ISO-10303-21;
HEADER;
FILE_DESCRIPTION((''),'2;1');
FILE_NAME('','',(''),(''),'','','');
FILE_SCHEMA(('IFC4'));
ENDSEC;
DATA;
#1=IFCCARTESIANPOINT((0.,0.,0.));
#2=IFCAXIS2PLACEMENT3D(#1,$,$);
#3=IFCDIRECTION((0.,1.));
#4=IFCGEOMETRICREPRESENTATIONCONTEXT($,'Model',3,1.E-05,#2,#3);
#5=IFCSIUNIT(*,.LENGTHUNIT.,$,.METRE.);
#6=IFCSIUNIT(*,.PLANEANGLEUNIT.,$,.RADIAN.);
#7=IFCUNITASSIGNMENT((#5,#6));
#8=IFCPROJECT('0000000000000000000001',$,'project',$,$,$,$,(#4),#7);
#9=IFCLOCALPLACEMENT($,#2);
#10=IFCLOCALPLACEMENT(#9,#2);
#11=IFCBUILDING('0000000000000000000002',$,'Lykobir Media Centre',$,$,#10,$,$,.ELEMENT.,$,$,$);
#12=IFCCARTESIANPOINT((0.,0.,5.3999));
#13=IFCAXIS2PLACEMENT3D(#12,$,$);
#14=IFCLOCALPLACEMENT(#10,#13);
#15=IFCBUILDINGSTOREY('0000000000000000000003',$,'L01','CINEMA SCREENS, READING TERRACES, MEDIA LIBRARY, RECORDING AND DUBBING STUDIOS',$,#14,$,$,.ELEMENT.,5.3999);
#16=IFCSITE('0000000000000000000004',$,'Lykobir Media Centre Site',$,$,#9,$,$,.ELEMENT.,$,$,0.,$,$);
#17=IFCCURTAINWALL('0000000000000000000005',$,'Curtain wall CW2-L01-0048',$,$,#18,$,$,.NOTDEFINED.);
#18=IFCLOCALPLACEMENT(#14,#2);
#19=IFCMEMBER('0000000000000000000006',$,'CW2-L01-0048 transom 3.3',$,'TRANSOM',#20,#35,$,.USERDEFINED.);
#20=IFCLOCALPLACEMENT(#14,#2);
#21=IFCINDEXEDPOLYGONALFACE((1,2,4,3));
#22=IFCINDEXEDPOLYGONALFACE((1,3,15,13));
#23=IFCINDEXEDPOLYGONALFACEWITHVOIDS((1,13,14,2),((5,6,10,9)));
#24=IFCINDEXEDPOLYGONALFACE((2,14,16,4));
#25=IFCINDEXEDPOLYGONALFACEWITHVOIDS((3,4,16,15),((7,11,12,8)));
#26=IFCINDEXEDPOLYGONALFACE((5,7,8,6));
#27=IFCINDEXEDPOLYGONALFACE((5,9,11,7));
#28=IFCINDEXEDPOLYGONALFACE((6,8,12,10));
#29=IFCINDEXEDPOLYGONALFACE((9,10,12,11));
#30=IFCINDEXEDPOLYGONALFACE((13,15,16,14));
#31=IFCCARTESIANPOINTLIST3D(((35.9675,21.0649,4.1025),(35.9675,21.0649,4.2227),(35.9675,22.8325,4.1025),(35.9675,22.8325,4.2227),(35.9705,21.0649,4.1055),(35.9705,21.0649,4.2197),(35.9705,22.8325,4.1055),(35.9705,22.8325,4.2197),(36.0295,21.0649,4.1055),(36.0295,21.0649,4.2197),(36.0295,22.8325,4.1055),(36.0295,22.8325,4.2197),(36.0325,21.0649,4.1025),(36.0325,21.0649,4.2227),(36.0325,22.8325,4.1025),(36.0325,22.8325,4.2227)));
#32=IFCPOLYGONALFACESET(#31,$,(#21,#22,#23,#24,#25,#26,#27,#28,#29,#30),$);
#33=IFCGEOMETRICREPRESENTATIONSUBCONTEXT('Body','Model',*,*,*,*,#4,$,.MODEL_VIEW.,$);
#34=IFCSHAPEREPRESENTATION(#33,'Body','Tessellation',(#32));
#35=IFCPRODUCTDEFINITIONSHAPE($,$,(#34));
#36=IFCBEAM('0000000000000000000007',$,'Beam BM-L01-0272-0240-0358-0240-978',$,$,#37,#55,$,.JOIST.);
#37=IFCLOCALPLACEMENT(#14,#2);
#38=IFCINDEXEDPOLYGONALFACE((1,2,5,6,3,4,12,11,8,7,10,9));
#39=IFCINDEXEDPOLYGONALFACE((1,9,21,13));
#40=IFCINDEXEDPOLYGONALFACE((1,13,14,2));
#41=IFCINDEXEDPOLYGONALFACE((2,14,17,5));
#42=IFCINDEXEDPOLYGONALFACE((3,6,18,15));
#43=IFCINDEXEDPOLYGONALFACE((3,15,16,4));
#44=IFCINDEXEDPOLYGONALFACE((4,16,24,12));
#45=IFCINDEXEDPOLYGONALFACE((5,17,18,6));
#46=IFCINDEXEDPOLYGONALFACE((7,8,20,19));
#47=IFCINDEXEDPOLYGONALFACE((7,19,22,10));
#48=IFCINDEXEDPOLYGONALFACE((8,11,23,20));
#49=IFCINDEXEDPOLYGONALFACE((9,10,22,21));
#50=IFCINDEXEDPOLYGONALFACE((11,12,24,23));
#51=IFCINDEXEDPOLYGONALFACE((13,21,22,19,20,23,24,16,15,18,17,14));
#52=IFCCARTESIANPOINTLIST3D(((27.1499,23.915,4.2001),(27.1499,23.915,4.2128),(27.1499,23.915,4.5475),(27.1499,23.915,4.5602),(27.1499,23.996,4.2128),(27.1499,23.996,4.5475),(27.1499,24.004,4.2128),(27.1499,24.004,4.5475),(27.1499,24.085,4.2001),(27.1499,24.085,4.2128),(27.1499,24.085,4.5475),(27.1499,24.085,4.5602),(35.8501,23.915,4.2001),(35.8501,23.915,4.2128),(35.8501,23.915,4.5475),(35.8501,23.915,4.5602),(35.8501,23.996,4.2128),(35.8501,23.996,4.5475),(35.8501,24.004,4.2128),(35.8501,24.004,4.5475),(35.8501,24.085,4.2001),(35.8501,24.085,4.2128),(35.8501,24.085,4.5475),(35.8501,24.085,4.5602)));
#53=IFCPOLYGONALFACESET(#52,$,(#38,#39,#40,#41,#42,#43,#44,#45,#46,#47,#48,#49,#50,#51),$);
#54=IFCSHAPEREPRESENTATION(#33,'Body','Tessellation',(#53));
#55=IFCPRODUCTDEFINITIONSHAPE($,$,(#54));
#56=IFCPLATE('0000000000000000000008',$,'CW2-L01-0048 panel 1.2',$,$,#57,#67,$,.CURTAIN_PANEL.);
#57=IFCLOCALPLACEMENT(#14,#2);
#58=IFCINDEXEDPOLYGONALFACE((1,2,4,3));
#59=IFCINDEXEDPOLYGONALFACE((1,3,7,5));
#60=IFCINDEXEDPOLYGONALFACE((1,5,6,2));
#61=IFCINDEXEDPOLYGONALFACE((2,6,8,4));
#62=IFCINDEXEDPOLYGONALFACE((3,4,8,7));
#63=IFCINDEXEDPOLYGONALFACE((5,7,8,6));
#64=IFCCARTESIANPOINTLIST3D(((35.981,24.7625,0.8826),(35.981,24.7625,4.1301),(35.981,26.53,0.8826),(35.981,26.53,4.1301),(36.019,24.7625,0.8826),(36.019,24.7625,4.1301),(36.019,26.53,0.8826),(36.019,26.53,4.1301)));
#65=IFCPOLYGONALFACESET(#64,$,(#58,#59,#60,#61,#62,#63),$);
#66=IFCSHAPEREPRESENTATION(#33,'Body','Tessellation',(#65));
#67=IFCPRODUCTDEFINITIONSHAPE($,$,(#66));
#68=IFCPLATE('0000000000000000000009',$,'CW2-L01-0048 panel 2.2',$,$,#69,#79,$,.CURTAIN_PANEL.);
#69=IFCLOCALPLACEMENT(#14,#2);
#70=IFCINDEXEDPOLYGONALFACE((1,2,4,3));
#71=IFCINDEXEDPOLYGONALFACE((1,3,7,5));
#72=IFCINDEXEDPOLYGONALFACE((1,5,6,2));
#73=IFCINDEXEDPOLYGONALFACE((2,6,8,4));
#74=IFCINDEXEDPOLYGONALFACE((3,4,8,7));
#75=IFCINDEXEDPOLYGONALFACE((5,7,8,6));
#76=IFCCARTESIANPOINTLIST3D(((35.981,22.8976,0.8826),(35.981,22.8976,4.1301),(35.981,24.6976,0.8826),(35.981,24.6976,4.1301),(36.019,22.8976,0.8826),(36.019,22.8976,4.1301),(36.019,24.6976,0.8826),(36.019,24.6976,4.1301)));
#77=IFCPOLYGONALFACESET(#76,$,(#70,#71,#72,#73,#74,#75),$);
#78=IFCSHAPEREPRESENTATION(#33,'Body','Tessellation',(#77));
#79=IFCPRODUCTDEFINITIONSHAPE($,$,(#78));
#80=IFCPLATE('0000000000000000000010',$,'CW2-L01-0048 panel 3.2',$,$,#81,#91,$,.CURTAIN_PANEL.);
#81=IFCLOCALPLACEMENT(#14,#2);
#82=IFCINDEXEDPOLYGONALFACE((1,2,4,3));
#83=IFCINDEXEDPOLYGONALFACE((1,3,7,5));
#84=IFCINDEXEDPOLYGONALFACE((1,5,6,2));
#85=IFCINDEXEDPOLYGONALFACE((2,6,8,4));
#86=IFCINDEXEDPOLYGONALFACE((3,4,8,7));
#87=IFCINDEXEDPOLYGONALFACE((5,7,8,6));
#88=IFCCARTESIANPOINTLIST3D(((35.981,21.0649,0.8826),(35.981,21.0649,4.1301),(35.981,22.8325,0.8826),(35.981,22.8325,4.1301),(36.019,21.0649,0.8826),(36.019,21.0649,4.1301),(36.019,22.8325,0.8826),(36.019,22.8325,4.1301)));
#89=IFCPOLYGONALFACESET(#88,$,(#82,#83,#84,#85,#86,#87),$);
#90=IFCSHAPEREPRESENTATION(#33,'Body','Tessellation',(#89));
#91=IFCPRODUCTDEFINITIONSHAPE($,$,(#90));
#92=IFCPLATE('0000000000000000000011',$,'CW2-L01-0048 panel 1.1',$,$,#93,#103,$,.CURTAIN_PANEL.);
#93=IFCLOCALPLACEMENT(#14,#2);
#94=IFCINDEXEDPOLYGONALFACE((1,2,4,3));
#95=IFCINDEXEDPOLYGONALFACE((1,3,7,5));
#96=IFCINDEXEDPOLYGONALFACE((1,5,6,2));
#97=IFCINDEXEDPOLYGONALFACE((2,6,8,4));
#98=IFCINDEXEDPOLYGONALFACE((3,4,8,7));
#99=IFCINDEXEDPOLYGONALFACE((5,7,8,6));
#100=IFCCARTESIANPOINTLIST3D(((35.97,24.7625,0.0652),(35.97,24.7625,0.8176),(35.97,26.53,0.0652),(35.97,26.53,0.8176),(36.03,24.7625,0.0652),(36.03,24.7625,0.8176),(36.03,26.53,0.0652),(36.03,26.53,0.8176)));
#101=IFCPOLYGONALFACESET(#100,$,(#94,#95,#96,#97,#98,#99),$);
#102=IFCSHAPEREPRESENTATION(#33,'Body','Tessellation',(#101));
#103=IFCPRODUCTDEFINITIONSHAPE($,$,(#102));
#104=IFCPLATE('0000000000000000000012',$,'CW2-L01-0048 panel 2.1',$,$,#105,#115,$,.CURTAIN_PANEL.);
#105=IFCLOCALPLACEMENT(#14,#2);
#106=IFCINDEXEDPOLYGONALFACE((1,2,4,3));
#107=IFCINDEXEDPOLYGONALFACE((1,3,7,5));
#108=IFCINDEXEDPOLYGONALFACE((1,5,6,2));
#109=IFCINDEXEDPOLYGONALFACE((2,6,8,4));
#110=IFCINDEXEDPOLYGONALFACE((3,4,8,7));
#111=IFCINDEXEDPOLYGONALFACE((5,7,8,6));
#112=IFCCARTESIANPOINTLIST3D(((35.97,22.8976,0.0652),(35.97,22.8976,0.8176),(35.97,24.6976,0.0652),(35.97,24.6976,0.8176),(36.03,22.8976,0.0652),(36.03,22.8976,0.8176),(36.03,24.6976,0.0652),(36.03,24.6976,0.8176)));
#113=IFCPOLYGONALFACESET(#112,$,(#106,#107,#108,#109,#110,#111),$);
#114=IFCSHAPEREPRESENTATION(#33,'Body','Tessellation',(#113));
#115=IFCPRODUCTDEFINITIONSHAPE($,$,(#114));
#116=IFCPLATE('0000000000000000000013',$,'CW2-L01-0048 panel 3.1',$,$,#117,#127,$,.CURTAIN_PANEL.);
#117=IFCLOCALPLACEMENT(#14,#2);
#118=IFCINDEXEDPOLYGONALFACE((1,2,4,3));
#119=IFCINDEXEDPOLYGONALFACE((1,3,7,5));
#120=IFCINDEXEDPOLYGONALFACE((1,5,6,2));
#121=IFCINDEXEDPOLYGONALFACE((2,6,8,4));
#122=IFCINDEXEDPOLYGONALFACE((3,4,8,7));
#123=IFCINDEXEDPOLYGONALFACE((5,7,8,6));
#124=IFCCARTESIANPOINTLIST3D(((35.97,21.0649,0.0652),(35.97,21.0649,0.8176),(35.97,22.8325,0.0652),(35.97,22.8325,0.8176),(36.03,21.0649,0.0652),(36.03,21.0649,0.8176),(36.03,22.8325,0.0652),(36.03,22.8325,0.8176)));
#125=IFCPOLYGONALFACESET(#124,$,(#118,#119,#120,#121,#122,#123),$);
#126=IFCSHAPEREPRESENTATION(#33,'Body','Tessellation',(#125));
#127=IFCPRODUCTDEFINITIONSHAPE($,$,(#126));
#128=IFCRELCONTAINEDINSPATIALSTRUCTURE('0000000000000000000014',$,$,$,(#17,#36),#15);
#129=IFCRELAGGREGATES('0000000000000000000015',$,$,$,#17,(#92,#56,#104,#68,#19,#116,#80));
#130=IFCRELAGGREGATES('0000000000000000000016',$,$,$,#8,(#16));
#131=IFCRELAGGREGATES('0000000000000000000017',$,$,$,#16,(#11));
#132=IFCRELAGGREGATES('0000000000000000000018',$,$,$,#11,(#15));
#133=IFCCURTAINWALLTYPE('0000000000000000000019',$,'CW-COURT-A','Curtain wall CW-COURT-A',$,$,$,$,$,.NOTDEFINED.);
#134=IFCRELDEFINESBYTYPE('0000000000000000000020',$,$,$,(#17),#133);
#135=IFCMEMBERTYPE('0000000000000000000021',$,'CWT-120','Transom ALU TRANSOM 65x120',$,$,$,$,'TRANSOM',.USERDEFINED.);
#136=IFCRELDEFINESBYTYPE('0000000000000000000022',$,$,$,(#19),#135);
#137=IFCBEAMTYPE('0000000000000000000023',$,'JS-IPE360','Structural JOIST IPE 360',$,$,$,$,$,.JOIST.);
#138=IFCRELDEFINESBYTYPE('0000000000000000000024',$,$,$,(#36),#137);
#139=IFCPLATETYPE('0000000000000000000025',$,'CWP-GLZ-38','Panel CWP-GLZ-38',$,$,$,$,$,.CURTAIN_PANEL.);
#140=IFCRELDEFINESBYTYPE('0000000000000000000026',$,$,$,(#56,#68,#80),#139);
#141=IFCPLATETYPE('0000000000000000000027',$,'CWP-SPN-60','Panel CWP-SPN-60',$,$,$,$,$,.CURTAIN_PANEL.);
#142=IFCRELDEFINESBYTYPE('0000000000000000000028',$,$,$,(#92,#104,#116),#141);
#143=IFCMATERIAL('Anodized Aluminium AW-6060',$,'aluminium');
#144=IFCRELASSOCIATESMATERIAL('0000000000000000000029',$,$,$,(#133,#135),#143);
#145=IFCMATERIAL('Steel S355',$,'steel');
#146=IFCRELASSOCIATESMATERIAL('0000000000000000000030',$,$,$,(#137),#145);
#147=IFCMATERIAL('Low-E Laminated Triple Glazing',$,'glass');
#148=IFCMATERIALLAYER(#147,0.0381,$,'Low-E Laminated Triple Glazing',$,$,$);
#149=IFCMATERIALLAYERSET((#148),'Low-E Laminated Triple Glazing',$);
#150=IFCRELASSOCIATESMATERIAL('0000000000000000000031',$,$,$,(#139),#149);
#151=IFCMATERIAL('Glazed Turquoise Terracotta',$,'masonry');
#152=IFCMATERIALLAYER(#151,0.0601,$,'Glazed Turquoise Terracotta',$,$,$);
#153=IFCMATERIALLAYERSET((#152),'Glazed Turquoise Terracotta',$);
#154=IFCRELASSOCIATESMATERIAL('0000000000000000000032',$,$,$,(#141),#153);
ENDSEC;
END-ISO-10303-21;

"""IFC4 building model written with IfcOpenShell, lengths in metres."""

from ifc_helpers import new_model, si_unit, direction, frame, origin, origin_2d, place, context, subcontext, project, spatial, rectangle, hollow_rectangle, i_section, extrude, material, layer, layer_set, material_profile, profile_set, type_object, element, aggregate, save


model = new_model("IFC4")

# Units and contexts
model_context = context("Model", 3, precision=1e-05, world=origin(), true_north=direction((0.0, 1.0)))
body_context = subcontext(model_context, "Body", "Model", "MODEL_VIEW")
ifc_project = project(units=[si_unit("LENGTHUNIT", "METRE"), si_unit("PLANEANGLEUNIT", "RADIAN")], contexts=[model_context])

# Site, building, storey
site_placement = place(None, origin())
site = spatial("IfcSite", under=ifc_project, at=site_placement, Name="Lykobir Media Centre Site", CompositionType="ELEMENT", RefElevation=0.0)
building_placement = place(site_placement, origin())
building = spatial("IfcBuilding", under=site, at=building_placement, Name="Lykobir Media Centre", CompositionType="ELEMENT")
storey_placement = place(building_placement, frame((0.0, 0.0, 5.3999)))
storey = spatial("IfcBuildingStorey", under=building, at=storey_placement, Name="L01", Description="CINEMA SCREENS, READING TERRACES, MEDIA LIBRARY, RECORDING AND DUBBING STUDIOS", CompositionType="ELEMENT", Elevation=5.3999)

# Curtain wall, member
ifc_material_1 = material(Name="Anodized Aluminium AW-6060", Category="aluminium")
curtain_wall_type = type_object("IfcCurtainWallType", Name="CW-COURT-A", Description="Curtain wall CW-COURT-A", PredefinedType="NOTDEFINED", material=ifc_material_1)
curtain_wall_placement = place(storey_placement, origin())
curtain_wall = element("IfcCurtainWall", 1, at=curtain_wall_placement, inside=storey, type_object=curtain_wall_type, Name="Curtain wall CW2-L01-0048", PredefinedType="NOTDEFINED")
ifc_material_profile_1 = material_profile(ifc_material_1, hollow_rectangle(XDim=0.0649, YDim=0.1201, WallThickness=0.0029, at=origin_2d()), Name="ALU TRANSOM 65x120")
ifc_profile_set_1 = profile_set([ifc_material_profile_1], Name="Anodized Aluminium AW-6060")
member_type_1 = type_object("IfcMemberType", Name="CWT-120", Description="Transom ALU TRANSOM 65x120", ElementType="TRANSOM", PredefinedType="USERDEFINED", material=ifc_profile_set_1)
member_1_placement = place(storey_placement, frame((36.0, 22.8325, 4.1626), z_axis=(0.0, -1.0, 0.0), x_axis=(1.0, 0.0, 0.0)))
member_1 = element("IfcMember", 2, at=member_1_placement, type_object=member_type_1, Name="CW2-L01-0048 transom 3.3", ObjectType="TRANSOM", PredefinedType="USERDEFINED", context=body_context, shape_type="SweptSolid", body=[
    extrude(hollow_rectangle(XDim=0.0649, YDim=0.1201, WallThickness=0.0029, at=origin_2d()), origin(), (0.0, 0.0, 1.0), 1.7676),
])

# Beam
ifc_material_2 = material(Name="Steel S355", Category="steel")
ifc_material_profile_2 = material_profile(ifc_material_2, i_section(OverallWidth=0.1699, OverallDepth=0.3601, WebThickness=0.0081, FlangeThickness=0.0127, at=origin_2d()), Name="IPE 360")
ifc_profile_set_2 = profile_set([ifc_material_profile_2], Name="Steel S355")
beam_type = type_object("IfcBeamType", Name="JS-IPE360", Description="Structural JOIST IPE 360", PredefinedType="JOIST", material=ifc_profile_set_2)
beam_placement = place(storey_placement, frame((27.1499, 24.0, 4.3801), z_axis=(1.0, 0.0, 0.0), x_axis=(0.0, 1.0, 0.0)))
element("IfcBeam", 3, at=beam_placement, inside=storey, type_object=beam_type, Name="Beam BM-L01-0272-0240-0358-0240-978", PredefinedType="JOIST", context=body_context, shape_type="SweptSolid", body=[
    extrude(i_section(OverallWidth=0.1699, OverallDepth=0.3601, WebThickness=0.0081, FlangeThickness=0.0127, at=origin_2d()), origin(), (0.0, 0.0, 1.0), 8.7002),
])

# Plates
ifc_material_3 = material(Name="Low-E Laminated Triple Glazing", Category="glass")
ifc_layer_1 = layer(ifc_material_3, 0.0381, Name="Low-E Laminated Triple Glazing")
ifc_layer_set_1 = layer_set([ifc_layer_1], Name="Low-E Laminated Triple Glazing")
plate_type_1 = type_object("IfcPlateType", Name="CWP-GLZ-38", Description="Panel CWP-GLZ-38", PredefinedType="CURTAIN_PANEL", material=ifc_layer_set_1)
plate_1_placement = place(storey_placement, frame((36.0, 25.6462, 0.8826), z_axis=(0.0, 0.0, 1.0), x_axis=(0.0, -1.0, 0.0)))
plate_1 = element("IfcPlate", 4, at=plate_1_placement, type_object=plate_type_1, Name="CW2-L01-0048 panel 1.2", PredefinedType="CURTAIN_PANEL", context=body_context, shape_type="SweptSolid", body=[
    extrude(rectangle(XDim=1.7676, YDim=0.0381, at=origin_2d()), origin(), (0.0, 0.0, 1.0), 3.2476),
])
plate_2_placement = place(storey_placement, frame((36.0, 23.7976, 0.8826), z_axis=(0.0, 0.0, 1.0), x_axis=(0.0, -1.0, 0.0)))
plate_2 = element("IfcPlate", 5, at=plate_2_placement, type_object=plate_type_1, Name="CW2-L01-0048 panel 2.2", PredefinedType="CURTAIN_PANEL", context=body_context, shape_type="SweptSolid", body=[
    extrude(rectangle(XDim=1.8, YDim=0.0381, at=origin_2d()), origin(), (0.0, 0.0, 1.0), 3.2476),
])
plate_3_placement = place(storey_placement, frame((36.0, 21.9487, 0.8826), z_axis=(0.0, 0.0, 1.0), x_axis=(0.0, -1.0, 0.0)))
plate_3 = element("IfcPlate", 6, at=plate_3_placement, type_object=plate_type_1, Name="CW2-L01-0048 panel 3.2", PredefinedType="CURTAIN_PANEL", context=body_context, shape_type="SweptSolid", body=[
    extrude(rectangle(XDim=1.7676, YDim=0.0381, at=origin_2d()), origin(), (0.0, 0.0, 1.0), 3.2476),
])
ifc_material_4 = material(Name="Glazed Turquoise Terracotta", Category="masonry")
ifc_layer_2 = layer(ifc_material_4, 0.0601, Name="Glazed Turquoise Terracotta")
ifc_layer_set_2 = layer_set([ifc_layer_2], Name="Glazed Turquoise Terracotta")
plate_type_2 = type_object("IfcPlateType", Name="CWP-SPN-60", Description="Panel CWP-SPN-60", PredefinedType="CURTAIN_PANEL", material=ifc_layer_set_2)
plate_4_placement = place(storey_placement, frame((36.0, 25.6462, 0.0652), z_axis=(0.0, 0.0, 1.0), x_axis=(0.0, -1.0, 0.0)))
plate_4 = element("IfcPlate", 7, at=plate_4_placement, type_object=plate_type_2, Name="CW2-L01-0048 panel 1.1", PredefinedType="CURTAIN_PANEL", context=body_context, shape_type="SweptSolid", body=[
    extrude(rectangle(XDim=1.7676, YDim=0.0601, at=origin_2d()), origin(), (0.0, 0.0, 1.0), 0.7524),
])
plate_5_placement = place(storey_placement, frame((36.0, 23.7976, 0.0652), z_axis=(0.0, 0.0, 1.0), x_axis=(0.0, -1.0, 0.0)))
plate_5 = element("IfcPlate", 8, at=plate_5_placement, type_object=plate_type_2, Name="CW2-L01-0048 panel 2.1", PredefinedType="CURTAIN_PANEL", context=body_context, shape_type="SweptSolid", body=[
    extrude(rectangle(XDim=1.8, YDim=0.0601, at=origin_2d()), origin(), (0.0, 0.0, 1.0), 0.7524),
])
plate_6_placement = place(storey_placement, frame((36.0, 21.9487, 0.0652), z_axis=(0.0, 0.0, 1.0), x_axis=(0.0, -1.0, 0.0)))
plate_6 = element("IfcPlate", 9, at=plate_6_placement, type_object=plate_type_2, Name="CW2-L01-0048 panel 3.1", PredefinedType="CURTAIN_PANEL", context=body_context, shape_type="SweptSolid", body=[
    extrude(rectangle(XDim=1.7676, YDim=0.0601, at=origin_2d()), origin(), (0.0, 0.0, 1.0), 0.7524),
])
aggregate(curtain_wall, [plate_4, plate_1, plate_5, plate_2, member_1, plate_6, plate_3])

save(model, "model.ifc")
